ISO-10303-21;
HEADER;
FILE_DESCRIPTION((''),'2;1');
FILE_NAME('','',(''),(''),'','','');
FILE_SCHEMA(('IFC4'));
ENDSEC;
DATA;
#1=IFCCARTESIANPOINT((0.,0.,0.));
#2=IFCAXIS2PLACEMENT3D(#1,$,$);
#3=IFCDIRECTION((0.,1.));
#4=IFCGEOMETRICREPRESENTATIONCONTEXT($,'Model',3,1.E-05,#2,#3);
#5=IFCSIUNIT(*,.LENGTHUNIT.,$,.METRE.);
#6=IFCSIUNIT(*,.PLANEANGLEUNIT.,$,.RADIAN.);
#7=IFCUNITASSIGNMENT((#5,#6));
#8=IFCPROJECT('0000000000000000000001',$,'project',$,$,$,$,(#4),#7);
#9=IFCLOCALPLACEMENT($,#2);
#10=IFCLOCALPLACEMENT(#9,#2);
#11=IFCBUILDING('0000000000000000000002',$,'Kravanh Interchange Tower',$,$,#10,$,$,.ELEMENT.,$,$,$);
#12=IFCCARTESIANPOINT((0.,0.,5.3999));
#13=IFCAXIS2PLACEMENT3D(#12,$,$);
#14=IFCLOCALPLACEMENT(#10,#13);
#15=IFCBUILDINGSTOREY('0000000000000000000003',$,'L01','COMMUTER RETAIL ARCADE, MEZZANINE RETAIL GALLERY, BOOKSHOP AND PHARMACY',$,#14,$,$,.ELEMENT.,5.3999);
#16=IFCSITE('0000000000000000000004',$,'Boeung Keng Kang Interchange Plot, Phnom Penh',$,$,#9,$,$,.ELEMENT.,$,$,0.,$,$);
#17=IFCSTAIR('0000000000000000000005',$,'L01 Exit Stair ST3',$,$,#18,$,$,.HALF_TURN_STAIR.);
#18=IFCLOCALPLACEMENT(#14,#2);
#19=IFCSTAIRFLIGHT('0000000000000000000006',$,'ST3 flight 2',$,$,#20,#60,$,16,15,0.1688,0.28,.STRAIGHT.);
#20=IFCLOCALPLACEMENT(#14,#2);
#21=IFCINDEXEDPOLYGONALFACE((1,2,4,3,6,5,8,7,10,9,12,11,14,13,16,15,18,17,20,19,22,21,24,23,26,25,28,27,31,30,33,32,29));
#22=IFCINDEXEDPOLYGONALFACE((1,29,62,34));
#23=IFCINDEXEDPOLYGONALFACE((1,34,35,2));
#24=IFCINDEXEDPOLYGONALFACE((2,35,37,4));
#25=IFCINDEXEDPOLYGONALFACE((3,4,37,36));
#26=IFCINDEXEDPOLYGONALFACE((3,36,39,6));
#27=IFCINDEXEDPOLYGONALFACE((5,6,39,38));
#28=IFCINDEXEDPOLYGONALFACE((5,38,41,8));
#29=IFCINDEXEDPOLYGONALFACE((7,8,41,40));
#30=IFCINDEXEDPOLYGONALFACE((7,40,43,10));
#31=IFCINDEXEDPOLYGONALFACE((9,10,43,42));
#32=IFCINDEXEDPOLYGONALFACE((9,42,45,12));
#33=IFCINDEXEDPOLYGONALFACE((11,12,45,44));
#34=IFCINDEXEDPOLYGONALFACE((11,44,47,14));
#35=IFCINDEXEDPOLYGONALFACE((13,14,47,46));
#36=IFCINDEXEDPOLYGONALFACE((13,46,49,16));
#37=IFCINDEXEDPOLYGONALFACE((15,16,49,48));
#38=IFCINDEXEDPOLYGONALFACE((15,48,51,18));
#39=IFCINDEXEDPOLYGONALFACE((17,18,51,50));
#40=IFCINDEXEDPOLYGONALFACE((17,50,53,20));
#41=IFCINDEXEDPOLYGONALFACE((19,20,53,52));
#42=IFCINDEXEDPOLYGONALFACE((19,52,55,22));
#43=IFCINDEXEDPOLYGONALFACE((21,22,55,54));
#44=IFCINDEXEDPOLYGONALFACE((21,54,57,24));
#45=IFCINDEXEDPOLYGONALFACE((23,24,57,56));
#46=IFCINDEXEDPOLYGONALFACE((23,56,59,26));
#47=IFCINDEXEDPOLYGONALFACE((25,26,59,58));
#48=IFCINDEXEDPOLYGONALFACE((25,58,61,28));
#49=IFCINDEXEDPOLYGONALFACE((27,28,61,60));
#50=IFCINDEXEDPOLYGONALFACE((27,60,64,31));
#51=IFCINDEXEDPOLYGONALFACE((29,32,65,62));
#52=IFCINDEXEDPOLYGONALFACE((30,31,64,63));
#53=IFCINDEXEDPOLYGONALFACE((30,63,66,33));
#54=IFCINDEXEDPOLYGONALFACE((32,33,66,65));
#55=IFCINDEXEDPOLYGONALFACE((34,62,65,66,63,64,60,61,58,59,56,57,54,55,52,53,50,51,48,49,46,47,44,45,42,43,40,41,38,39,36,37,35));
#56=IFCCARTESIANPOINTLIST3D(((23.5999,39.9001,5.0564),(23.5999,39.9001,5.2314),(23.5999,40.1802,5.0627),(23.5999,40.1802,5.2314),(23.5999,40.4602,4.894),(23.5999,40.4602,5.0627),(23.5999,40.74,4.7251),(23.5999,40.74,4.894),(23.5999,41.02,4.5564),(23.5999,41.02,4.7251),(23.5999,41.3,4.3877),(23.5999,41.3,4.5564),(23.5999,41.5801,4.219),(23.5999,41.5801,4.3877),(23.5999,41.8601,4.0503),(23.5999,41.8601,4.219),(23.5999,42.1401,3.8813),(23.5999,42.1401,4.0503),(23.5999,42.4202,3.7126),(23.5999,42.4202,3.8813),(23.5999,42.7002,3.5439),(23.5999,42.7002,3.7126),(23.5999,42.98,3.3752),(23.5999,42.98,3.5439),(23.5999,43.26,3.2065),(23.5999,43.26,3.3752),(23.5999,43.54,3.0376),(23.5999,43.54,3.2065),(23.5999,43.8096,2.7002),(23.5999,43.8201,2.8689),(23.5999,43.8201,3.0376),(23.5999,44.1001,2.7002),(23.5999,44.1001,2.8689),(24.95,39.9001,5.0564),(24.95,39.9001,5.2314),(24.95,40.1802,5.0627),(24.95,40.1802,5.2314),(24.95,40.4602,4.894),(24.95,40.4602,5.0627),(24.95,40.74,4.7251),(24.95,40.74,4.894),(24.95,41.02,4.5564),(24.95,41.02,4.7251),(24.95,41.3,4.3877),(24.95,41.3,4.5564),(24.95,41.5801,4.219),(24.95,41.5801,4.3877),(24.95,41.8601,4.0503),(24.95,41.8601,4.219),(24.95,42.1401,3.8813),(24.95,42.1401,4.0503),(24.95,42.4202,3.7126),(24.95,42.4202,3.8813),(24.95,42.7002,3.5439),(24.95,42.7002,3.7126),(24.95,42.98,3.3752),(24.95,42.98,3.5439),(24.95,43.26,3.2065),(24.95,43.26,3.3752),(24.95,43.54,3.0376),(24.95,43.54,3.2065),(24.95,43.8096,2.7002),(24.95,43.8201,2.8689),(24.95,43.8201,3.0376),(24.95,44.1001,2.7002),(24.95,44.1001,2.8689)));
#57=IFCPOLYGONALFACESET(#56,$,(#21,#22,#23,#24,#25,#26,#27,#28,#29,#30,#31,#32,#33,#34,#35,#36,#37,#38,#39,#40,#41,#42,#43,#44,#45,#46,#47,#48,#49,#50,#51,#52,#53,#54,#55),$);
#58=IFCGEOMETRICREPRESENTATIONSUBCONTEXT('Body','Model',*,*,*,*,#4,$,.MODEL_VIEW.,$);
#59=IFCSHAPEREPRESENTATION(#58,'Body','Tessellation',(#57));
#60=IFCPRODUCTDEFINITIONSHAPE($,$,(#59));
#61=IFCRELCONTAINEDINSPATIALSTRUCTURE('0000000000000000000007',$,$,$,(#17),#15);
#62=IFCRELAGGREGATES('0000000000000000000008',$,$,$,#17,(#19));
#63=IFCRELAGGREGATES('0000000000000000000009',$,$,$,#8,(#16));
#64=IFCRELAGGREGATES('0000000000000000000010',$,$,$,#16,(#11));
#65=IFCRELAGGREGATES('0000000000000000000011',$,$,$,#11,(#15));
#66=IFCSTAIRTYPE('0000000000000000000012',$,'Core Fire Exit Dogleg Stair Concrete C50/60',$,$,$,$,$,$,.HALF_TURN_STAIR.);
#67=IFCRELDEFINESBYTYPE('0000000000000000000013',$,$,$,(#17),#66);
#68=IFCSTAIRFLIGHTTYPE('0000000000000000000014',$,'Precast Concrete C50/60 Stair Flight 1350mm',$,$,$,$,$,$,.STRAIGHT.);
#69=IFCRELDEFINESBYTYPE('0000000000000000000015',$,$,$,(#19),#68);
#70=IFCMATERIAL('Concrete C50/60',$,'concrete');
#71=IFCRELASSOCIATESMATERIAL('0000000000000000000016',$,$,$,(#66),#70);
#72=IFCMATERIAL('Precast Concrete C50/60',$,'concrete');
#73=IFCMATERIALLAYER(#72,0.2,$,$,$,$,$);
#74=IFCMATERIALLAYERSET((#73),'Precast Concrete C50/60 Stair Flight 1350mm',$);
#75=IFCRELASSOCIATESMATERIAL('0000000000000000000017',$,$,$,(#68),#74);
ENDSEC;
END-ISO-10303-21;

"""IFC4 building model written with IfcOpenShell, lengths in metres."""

from ifc_helpers import new_model, si_unit, direction, frame, origin, place, context, subcontext, project, spatial, polyline, outline, extrude, material, layer, layer_set, type_object, element, aggregate, save


model = new_model("IFC4")

# Units and contexts
model_context = context("Model", 3, precision=1e-05, world=origin(), true_north=direction((0.0, 1.0)))
body_context = subcontext(model_context, "Body", "Model", "MODEL_VIEW")
ifc_project = project(units=[si_unit("LENGTHUNIT", "METRE"), si_unit("PLANEANGLEUNIT", "RADIAN")], contexts=[model_context])

# Site, building, storey
site_placement = place(None, origin())
site = spatial("IfcSite", under=ifc_project, at=site_placement, Name="Boeung Keng Kang Interchange Plot, Phnom Penh", CompositionType="ELEMENT", RefElevation=0.0)
building_placement = place(site_placement, origin())
building = spatial("IfcBuilding", under=site, at=building_placement, Name="Kravanh Interchange Tower", CompositionType="ELEMENT")
storey_placement = place(building_placement, frame((0.0, 0.0, 5.3999)))
storey = spatial("IfcBuildingStorey", under=building, at=storey_placement, Name="L01", Description="COMMUTER RETAIL ARCADE, MEZZANINE RETAIL GALLERY, BOOKSHOP AND PHARMACY", CompositionType="ELEMENT", Elevation=5.3999)

# Stair, stair flight
ifc_material_1 = material(Name="Concrete C50/60", Category="concrete")
stair_type = type_object("IfcStairType", Name="Core Fire Exit Dogleg Stair Concrete C50/60", PredefinedType="HALF_TURN_STAIR", material=ifc_material_1)
stair_placement = place(storey_placement, origin())
stair = element("IfcStair", 1, at=stair_placement, inside=storey, type_object=stair_type, Name="L01 Exit Stair ST3", PredefinedType="HALF_TURN_STAIR")
ifc_material_2 = material(Name="Precast Concrete C50/60", Category="concrete")
ifc_layer_1 = layer(ifc_material_2, 0.2)
ifc_layer_set_1 = layer_set([ifc_layer_1], Name="Precast Concrete C50/60 Stair Flight 1350mm")
stair_flight_type = type_object("IfcStairFlightType", Name="Precast Concrete C50/60 Stair Flight 1350mm", PredefinedType="STRAIGHT", material=ifc_layer_set_1)
stair_flight_1_placement = place(storey_placement, frame((24.2749, 44.1001, 2.7002), z_axis=(0.0, 0.0, 1.0), x_axis=(0.0, -1.0, 0.0)))
stair_flight_1 = element("IfcStairFlight", 2, at=stair_flight_1_placement, type_object=stair_flight_type, Name="ST3 flight 2", NumberOfRisers=16, NumberOfTreads=15, PredefinedType="STRAIGHT", RiserHeight=0.1688, TreadLength=0.28, context=body_context, shape_type="SweptSolid", body=[
    extrude(outline(polyline([(0.0, 0.0), (0.0, 0.1687), (0.28, 0.1687), (0.28, 0.3374), (0.5601, 0.3374), (0.5601, 0.5063), (0.8401, 0.5063), (0.8401, 0.675), (1.1201, 0.675), (1.1201, 0.8438), (1.3999, 0.8438), (1.3999, 1.0125), (1.6799, 1.0125), (1.6799, 1.1812), (1.96, 1.1812), (1.96, 1.3501), (2.24, 1.3501), (2.24, 1.5188), (2.52, 1.5188), (2.52, 1.6875), (2.8, 1.6875), (2.8, 1.8562), (3.0801, 1.8562), (3.0801, 2.0249), (3.3601, 2.0249), (3.3601, 2.1938), (3.6399, 2.1938), (3.6399, 2.3625), (3.9199, 2.3625), (3.9199, 2.5312), (4.2, 2.5312), (4.2, 2.7), (4.2, 2.3562), (0.2905, 0.0), (0.0, 0.0)])), frame((0.0, 0.675, 0.0), z_axis=(0.0, -1.0, 0.0), x_axis=(1.0, 0.0, 0.0)), (0.0, 0.0, 1.0), 1.3501),
])
aggregate(stair, [stair_flight_1])

save(model, "model.ifc")
